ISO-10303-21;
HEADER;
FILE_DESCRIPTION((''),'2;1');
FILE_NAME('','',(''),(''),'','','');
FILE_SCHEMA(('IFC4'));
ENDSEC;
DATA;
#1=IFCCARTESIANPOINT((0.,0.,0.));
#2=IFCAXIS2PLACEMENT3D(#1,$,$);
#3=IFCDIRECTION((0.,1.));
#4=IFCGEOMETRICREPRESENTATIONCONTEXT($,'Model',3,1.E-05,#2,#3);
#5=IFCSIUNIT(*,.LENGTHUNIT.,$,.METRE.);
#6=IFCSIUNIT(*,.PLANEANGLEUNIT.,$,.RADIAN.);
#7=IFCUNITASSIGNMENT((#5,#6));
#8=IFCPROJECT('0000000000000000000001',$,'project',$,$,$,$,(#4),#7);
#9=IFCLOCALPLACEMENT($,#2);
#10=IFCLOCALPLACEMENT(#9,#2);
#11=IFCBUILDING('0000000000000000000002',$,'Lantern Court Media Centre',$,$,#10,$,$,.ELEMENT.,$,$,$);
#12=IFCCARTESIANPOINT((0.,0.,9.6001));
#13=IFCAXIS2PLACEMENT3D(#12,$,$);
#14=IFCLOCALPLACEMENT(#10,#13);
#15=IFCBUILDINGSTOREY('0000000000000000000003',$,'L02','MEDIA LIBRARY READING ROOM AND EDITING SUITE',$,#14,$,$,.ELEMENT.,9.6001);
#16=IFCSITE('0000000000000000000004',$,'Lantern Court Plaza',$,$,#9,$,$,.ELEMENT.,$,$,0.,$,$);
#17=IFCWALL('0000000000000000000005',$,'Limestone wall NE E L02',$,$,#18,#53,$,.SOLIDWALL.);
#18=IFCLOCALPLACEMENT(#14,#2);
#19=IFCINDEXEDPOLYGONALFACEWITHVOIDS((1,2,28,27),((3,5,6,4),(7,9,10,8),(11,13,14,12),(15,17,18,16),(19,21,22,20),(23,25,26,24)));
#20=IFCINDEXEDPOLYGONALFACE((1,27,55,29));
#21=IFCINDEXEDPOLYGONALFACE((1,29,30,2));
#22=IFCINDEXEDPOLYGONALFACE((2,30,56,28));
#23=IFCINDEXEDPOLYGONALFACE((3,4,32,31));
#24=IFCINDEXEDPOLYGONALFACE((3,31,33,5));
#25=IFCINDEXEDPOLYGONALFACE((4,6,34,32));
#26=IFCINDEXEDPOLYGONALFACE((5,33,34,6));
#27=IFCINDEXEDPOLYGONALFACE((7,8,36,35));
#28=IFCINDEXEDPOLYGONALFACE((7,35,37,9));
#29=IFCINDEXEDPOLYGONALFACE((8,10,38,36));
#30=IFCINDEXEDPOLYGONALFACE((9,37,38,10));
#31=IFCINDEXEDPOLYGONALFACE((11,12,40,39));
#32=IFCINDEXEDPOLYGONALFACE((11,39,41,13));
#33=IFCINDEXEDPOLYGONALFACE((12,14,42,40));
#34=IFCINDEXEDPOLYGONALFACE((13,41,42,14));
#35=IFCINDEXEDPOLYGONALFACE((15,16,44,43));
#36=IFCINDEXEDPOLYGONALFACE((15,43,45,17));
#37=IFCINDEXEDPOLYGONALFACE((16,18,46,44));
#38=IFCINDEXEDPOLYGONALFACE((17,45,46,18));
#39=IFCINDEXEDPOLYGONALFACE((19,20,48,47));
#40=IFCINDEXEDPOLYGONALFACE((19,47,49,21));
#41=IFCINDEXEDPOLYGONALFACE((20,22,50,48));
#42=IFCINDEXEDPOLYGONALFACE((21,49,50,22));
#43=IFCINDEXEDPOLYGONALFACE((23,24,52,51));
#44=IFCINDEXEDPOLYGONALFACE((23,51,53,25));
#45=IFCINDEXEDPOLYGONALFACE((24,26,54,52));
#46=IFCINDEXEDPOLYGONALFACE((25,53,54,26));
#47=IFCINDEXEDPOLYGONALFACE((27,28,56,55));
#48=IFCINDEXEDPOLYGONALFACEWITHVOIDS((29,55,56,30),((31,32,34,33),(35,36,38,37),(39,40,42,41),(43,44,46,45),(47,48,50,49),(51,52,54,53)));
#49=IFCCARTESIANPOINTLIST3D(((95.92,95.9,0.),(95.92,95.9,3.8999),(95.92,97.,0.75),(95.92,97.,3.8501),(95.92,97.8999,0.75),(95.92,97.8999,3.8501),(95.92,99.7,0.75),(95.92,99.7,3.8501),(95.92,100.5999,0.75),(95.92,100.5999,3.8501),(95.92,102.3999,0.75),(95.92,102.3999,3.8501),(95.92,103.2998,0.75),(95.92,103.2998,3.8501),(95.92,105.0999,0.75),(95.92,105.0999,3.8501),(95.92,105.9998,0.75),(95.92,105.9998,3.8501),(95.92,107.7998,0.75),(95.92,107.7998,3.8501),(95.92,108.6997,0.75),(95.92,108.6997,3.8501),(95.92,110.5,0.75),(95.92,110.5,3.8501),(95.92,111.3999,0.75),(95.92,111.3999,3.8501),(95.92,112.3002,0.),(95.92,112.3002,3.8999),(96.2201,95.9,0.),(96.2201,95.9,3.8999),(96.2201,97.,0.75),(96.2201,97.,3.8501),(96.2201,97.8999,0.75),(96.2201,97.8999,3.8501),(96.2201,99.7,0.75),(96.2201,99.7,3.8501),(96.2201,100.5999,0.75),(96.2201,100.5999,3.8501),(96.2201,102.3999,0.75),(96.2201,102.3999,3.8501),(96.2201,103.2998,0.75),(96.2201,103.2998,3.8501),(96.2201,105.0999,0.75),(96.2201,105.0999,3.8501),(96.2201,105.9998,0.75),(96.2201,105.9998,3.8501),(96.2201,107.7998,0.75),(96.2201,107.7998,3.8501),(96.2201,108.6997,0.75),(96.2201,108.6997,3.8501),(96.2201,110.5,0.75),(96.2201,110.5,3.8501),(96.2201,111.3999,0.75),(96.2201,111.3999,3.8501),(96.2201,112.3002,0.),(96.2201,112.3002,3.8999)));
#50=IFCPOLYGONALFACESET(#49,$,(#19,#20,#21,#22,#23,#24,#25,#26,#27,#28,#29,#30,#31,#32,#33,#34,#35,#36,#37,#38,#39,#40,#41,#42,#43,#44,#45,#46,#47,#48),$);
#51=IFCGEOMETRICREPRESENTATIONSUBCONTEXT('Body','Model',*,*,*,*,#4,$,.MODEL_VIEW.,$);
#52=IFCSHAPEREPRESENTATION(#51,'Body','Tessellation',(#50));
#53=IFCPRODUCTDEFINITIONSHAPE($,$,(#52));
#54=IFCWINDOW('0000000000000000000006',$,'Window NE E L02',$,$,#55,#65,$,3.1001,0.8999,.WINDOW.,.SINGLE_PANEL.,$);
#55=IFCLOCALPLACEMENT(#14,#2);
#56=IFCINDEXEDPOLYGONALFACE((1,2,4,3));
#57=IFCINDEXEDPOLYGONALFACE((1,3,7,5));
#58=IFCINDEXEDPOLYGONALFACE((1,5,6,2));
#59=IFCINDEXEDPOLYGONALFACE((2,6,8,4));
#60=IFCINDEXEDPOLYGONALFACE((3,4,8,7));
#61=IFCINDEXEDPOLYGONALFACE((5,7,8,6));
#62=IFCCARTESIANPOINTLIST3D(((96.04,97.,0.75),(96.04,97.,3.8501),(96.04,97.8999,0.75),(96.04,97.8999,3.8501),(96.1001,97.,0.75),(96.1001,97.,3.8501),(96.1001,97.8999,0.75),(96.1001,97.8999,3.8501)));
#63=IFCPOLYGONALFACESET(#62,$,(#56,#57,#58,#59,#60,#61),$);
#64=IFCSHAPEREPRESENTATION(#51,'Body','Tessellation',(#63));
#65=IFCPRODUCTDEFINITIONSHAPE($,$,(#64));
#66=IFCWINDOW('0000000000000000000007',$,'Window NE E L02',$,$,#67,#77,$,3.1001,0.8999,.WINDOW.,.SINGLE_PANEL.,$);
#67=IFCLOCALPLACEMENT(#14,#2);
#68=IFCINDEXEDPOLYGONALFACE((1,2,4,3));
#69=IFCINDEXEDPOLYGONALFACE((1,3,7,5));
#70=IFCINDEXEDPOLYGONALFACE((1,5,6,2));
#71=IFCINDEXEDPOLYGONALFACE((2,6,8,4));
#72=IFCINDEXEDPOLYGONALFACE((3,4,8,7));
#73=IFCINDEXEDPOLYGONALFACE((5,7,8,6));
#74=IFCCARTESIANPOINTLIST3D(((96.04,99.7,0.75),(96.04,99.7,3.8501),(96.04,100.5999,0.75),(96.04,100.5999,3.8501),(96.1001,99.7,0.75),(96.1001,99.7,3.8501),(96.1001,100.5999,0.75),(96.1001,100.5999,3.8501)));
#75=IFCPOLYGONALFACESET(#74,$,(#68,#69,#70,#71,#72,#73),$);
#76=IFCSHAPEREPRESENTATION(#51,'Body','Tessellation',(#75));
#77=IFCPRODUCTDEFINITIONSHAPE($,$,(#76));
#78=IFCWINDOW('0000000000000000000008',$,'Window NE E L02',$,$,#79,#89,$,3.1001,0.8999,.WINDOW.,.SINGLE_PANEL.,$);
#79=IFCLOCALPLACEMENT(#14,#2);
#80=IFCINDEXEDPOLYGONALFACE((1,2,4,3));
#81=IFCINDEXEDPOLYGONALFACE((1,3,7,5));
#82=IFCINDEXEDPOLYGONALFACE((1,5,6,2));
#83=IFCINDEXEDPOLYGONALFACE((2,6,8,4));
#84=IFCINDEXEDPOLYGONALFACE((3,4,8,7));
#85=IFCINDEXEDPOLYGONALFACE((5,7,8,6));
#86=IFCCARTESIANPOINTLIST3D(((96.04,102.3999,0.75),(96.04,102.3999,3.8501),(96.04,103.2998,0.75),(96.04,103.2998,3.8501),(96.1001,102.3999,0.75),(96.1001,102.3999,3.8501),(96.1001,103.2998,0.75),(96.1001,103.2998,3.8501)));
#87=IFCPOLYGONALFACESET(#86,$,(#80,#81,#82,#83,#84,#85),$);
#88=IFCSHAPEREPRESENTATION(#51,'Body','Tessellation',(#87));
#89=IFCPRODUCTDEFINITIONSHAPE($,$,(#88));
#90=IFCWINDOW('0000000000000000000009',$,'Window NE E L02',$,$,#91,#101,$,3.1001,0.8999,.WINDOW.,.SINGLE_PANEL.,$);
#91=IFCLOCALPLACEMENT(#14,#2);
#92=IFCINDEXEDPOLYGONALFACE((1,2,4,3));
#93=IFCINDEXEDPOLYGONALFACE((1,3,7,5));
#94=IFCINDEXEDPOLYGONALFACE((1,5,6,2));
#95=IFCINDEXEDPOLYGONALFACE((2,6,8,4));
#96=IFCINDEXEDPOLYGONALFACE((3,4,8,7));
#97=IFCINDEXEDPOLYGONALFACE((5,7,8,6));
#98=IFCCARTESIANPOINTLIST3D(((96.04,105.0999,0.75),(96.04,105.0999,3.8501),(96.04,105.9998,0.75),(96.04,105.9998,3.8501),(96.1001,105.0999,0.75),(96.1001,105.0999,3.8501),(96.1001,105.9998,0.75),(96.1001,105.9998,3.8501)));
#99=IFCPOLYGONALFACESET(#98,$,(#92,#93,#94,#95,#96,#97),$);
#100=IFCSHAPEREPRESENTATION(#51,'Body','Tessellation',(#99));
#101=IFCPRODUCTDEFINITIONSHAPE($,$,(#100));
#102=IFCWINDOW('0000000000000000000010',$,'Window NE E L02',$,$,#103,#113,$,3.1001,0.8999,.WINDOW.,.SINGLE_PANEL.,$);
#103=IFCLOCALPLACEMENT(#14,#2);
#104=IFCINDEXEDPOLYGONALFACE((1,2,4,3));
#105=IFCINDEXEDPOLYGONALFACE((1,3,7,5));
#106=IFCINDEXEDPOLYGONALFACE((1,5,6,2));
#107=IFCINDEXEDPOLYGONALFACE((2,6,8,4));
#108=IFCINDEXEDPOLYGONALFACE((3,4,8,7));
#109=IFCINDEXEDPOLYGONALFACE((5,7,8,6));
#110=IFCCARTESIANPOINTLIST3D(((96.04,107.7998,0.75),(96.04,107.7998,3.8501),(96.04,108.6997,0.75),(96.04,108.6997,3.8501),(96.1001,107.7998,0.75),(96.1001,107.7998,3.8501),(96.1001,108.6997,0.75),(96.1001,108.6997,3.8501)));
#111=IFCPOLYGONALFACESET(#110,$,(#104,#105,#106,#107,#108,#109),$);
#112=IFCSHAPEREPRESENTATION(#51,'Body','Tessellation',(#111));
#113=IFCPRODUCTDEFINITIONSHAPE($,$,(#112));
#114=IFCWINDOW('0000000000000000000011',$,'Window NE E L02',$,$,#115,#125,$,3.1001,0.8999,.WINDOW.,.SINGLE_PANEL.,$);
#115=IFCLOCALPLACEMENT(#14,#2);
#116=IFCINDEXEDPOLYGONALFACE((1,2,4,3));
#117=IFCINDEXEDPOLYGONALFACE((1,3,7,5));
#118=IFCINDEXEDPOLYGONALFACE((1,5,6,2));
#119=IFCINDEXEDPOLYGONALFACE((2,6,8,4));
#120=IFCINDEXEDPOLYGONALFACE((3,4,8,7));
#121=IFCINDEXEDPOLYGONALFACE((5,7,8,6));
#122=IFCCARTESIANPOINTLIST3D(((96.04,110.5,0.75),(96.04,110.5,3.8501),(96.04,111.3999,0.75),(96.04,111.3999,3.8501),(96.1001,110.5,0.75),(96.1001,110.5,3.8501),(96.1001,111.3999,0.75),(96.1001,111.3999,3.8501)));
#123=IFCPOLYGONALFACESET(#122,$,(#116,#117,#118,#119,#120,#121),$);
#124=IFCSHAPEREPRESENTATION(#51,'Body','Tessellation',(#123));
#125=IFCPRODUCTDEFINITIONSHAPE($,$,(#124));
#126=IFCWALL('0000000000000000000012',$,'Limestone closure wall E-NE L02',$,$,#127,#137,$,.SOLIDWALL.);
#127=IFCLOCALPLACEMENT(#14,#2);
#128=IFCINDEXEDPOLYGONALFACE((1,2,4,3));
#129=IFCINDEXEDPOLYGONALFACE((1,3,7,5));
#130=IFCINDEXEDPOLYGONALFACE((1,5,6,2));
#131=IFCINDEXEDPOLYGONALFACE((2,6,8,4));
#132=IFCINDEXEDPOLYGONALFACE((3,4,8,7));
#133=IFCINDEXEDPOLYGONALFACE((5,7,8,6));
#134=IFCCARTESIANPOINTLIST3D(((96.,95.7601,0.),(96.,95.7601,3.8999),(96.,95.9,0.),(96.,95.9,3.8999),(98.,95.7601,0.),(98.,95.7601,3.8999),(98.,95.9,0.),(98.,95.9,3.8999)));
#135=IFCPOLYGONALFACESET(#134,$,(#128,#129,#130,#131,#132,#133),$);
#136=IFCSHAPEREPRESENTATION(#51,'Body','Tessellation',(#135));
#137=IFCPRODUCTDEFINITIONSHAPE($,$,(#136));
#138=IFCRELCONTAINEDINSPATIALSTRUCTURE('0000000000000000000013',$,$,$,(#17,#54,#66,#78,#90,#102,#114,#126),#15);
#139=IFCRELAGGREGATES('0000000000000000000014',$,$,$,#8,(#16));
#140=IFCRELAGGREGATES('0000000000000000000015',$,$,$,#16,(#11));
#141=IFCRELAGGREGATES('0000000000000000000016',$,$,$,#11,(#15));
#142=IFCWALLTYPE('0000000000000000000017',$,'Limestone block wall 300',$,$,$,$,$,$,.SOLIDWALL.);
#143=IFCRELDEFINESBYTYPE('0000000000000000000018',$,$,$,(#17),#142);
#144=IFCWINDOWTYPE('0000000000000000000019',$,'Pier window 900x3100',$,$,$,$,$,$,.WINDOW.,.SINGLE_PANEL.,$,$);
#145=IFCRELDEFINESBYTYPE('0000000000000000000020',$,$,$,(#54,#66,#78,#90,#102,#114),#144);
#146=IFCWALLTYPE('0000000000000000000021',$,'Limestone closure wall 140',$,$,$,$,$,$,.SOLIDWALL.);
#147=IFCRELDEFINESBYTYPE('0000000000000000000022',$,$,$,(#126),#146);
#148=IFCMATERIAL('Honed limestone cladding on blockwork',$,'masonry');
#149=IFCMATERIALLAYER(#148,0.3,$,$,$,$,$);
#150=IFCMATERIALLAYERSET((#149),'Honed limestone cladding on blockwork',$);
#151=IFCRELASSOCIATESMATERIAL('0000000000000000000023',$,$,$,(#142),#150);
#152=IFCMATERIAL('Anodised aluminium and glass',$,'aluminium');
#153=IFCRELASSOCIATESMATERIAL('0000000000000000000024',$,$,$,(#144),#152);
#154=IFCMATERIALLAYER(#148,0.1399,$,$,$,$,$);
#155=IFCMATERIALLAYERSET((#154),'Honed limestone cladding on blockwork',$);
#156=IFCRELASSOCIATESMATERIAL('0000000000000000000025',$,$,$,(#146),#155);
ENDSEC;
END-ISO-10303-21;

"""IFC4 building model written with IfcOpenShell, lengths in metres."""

from ifc_helpers import new_model, si_unit, direction, frame, frame_2d, origin, place, context, subcontext, project, spatial, rectangle, extrude, material, layer, layer_set, type_object, element, fill, save


model = new_model("IFC4")

# Units and contexts
model_context = context("Model", 3, precision=1e-05, world=origin(), true_north=direction((0.0, 1.0)))
body_context = subcontext(model_context, "Body", "Model", "MODEL_VIEW")
ifc_project = project(units=[si_unit("LENGTHUNIT", "METRE"), si_unit("PLANEANGLEUNIT", "RADIAN")], contexts=[model_context])

# Site, building, storey
site_placement = place(None, origin())
site = spatial("IfcSite", under=ifc_project, at=site_placement, Name="Lantern Court Plaza", CompositionType="ELEMENT", RefElevation=0.0)
building_placement = place(site_placement, origin())
building = spatial("IfcBuilding", under=site, at=building_placement, Name="Lantern Court Media Centre", CompositionType="ELEMENT")
storey_placement = place(building_placement, frame((0.0, 0.0, 9.6001)))
storey = spatial("IfcBuildingStorey", under=building, at=storey_placement, Name="L02", Description="MEDIA LIBRARY READING ROOM AND EDITING SUITE", CompositionType="ELEMENT", Elevation=9.6001)

# Wall, openings, windows
ifc_material_1 = material(Name="Honed limestone cladding on blockwork", Category="masonry")
ifc_layer_1 = layer(ifc_material_1, 0.3)
ifc_layer_set_1 = layer_set([ifc_layer_1], Name="Honed limestone cladding on blockwork")
wall_type_1 = type_object("IfcWallType", Name="Limestone block wall 300", PredefinedType="SOLIDWALL", material=ifc_layer_set_1)
wall_1_placement = place(storey_placement, frame((96.0701, 95.8999, 0.0), z_axis=(0.0, 0.0, 1.0), x_axis=(0.0, 1.0, 0.0)))
wall_1 = element("IfcWall", 1, at=wall_1_placement, inside=storey, type_object=wall_type_1, Name="Limestone wall NE E L02", PredefinedType="SOLIDWALL", context=body_context, shape_type="SweptSolid", body=[
    extrude(rectangle(XDim=16.4001, YDim=0.3, at=frame_2d((8.2002, 0.0))), origin(), (0.0, 0.0, 1.0), 3.8999),
])
opening_1_placement = place(wall_1_placement, frame((1.1001, 0.0, 0.75)))
opening_1 = element("IfcOpeningElement", 2, at=opening_1_placement, cuts=wall_1, PredefinedType="OPENING", context=body_context, shape_type="SweptSolid", body=[
    extrude(rectangle(XDim=0.8999, YDim=3.1001, at=frame_2d((0.45, 1.55))), frame((0.0, 0.1599, 0.0), z_axis=(0.0, -1.0, 0.0), x_axis=(1.0, 0.0, 0.0)), (0.0, 0.0, 1.0), 0.3201),
])
opening_2_placement = place(wall_1_placement, frame((3.8, 0.0, 0.75)))
opening_2 = element("IfcOpeningElement", 3, at=opening_2_placement, cuts=wall_1, PredefinedType="OPENING", context=body_context, shape_type="SweptSolid", body=[
    extrude(rectangle(XDim=0.8999, YDim=3.1001, at=frame_2d((0.45, 1.55))), frame((0.0, 0.1599, 0.0), z_axis=(0.0, -1.0, 0.0), x_axis=(1.0, 0.0, 0.0)), (0.0, 0.0, 1.0), 0.3201),
])
opening_3_placement = place(wall_1_placement, frame((6.5, 0.0, 0.75)))
opening_3 = element("IfcOpeningElement", 4, at=opening_3_placement, cuts=wall_1, PredefinedType="OPENING", context=body_context, shape_type="SweptSolid", body=[
    extrude(rectangle(XDim=0.8999, YDim=3.1001, at=frame_2d((0.45, 1.55))), frame((0.0, 0.1599, 0.0), z_axis=(0.0, -1.0, 0.0), x_axis=(1.0, 0.0, 0.0)), (0.0, 0.0, 1.0), 0.3201),
])
opening_4_placement = place(wall_1_placement, frame((9.2, 0.0, 0.75)))
opening_4 = element("IfcOpeningElement", 5, at=opening_4_placement, cuts=wall_1, PredefinedType="OPENING", context=body_context, shape_type="SweptSolid", body=[
    extrude(rectangle(XDim=0.8999, YDim=3.1001, at=frame_2d((0.45, 1.55))), frame((0.0, 0.1599, 0.0), z_axis=(0.0, -1.0, 0.0), x_axis=(1.0, 0.0, 0.0)), (0.0, 0.0, 1.0), 0.3201),
])
opening_5_placement = place(wall_1_placement, frame((11.8999, 0.0, 0.75)))
opening_5 = element("IfcOpeningElement", 6, at=opening_5_placement, cuts=wall_1, PredefinedType="OPENING", context=body_context, shape_type="SweptSolid", body=[
    extrude(rectangle(XDim=0.8999, YDim=3.1001, at=frame_2d((0.45, 1.55))), frame((0.0, 0.1599, 0.0), z_axis=(0.0, -1.0, 0.0), x_axis=(1.0, 0.0, 0.0)), (0.0, 0.0, 1.0), 0.3201),
])
opening_6_placement = place(wall_1_placement, frame((14.6001, 0.0, 0.75)))
opening_6 = element("IfcOpeningElement", 7, at=opening_6_placement, cuts=wall_1, PredefinedType="OPENING", context=body_context, shape_type="SweptSolid", body=[
    extrude(rectangle(XDim=0.8999, YDim=3.1001, at=frame_2d((0.45, 1.55))), frame((0.0, 0.1599, 0.0), z_axis=(0.0, -1.0, 0.0), x_axis=(1.0, 0.0, 0.0)), (0.0, 0.0, 1.0), 0.3201),
])
ifc_material_2 = material(Name="Anodised aluminium and glass", Category="aluminium")
window_type = type_object("IfcWindowType", Name="Pier window 900x3100", PartitioningType="SINGLE_PANEL", PredefinedType="WINDOW", material=ifc_material_2)
window_1_placement = place(opening_1_placement, origin())
window_1 = element("IfcWindow", 8, at=window_1_placement, inside=storey, type_object=window_type, Name="Window NE E L02", OverallHeight=3.1001, OverallWidth=0.8999, PartitioningType="SINGLE_PANEL", PredefinedType="WINDOW", context=body_context, shape_type="SweptSolid", body=[
    extrude(rectangle(XDim=0.8999, YDim=3.1001, at=frame_2d((0.45, 1.55))), frame((0.0, 0.03, 0.0), z_axis=(0.0, -1.0, 0.0), x_axis=(1.0, 0.0, 0.0)), (0.0, 0.0, 1.0), 0.0601),
])
fill(opening_1, window_1)
window_2_placement = place(opening_2_placement, origin())
window_2 = element("IfcWindow", 9, at=window_2_placement, inside=storey, type_object=window_type, Name="Window NE E L02", OverallHeight=3.1001, OverallWidth=0.8999, PartitioningType="SINGLE_PANEL", PredefinedType="WINDOW", context=body_context, shape_type="SweptSolid", body=[
    extrude(rectangle(XDim=0.8999, YDim=3.1001, at=frame_2d((0.45, 1.55))), frame((0.0, 0.03, 0.0), z_axis=(0.0, -1.0, 0.0), x_axis=(1.0, 0.0, 0.0)), (0.0, 0.0, 1.0), 0.0601),
])
fill(opening_2, window_2)
window_3_placement = place(opening_3_placement, origin())
window_3 = element("IfcWindow", 10, at=window_3_placement, inside=storey, type_object=window_type, Name="Window NE E L02", OverallHeight=3.1001, OverallWidth=0.8999, PartitioningType="SINGLE_PANEL", PredefinedType="WINDOW", context=body_context, shape_type="SweptSolid", body=[
    extrude(rectangle(XDim=0.8999, YDim=3.1001, at=frame_2d((0.45, 1.55))), frame((0.0, 0.03, 0.0), z_axis=(0.0, -1.0, 0.0), x_axis=(1.0, 0.0, 0.0)), (0.0, 0.0, 1.0), 0.0601),
])
fill(opening_3, window_3)
window_4_placement = place(opening_4_placement, origin())
window_4 = element("IfcWindow", 11, at=window_4_placement, inside=storey, type_object=window_type, Name="Window NE E L02", OverallHeight=3.1001, OverallWidth=0.8999, PartitioningType="SINGLE_PANEL", PredefinedType="WINDOW", context=body_context, shape_type="SweptSolid", body=[
    extrude(rectangle(XDim=0.8999, YDim=3.1001, at=frame_2d((0.45, 1.55))), frame((0.0, 0.03, 0.0), z_axis=(0.0, -1.0, 0.0), x_axis=(1.0, 0.0, 0.0)), (0.0, 0.0, 1.0), 0.0601),
])
fill(opening_4, window_4)
window_5_placement = place(opening_5_placement, origin())
window_5 = element("IfcWindow", 12, at=window_5_placement, inside=storey, type_object=window_type, Name="Window NE E L02", OverallHeight=3.1001, OverallWidth=0.8999, PartitioningType="SINGLE_PANEL", PredefinedType="WINDOW", context=body_context, shape_type="SweptSolid", body=[
    extrude(rectangle(XDim=0.8999, YDim=3.1001, at=frame_2d((0.45, 1.55))), frame((0.0, 0.03, 0.0), z_axis=(0.0, -1.0, 0.0), x_axis=(1.0, 0.0, 0.0)), (0.0, 0.0, 1.0), 0.0601),
])
fill(opening_5, window_5)
window_6_placement = place(opening_6_placement, origin())
window_6 = element("IfcWindow", 13, at=window_6_placement, inside=storey, type_object=window_type, Name="Window NE E L02", OverallHeight=3.1001, OverallWidth=0.8999, PartitioningType="SINGLE_PANEL", PredefinedType="WINDOW", context=body_context, shape_type="SweptSolid", body=[
    extrude(rectangle(XDim=0.8999, YDim=3.1001, at=frame_2d((0.45, 1.55))), frame((0.0, 0.03, 0.0), z_axis=(0.0, -1.0, 0.0), x_axis=(1.0, 0.0, 0.0)), (0.0, 0.0, 1.0), 0.0601),
])
fill(opening_6, window_6)

# Wall
ifc_layer_2 = layer(ifc_material_1, 0.1399)
ifc_layer_set_2 = layer_set([ifc_layer_2], Name="Honed limestone cladding on blockwork")
wall_type_2 = type_object("IfcWallType", Name="Limestone closure wall 140", PredefinedType="SOLIDWALL", material=ifc_layer_set_2)
wall_2_placement = place(storey_placement, frame((96.0, 95.8301, 0.0), z_axis=(0.0, 0.0, 1.0), x_axis=(1.0, 0.0, 0.0)))
element("IfcWall", 14, at=wall_2_placement, inside=storey, type_object=wall_type_2, Name="Limestone closure wall E-NE L02", PredefinedType="SOLIDWALL", context=body_context, shape_type="SweptSolid", body=[
    extrude(rectangle(XDim=2.0, YDim=0.1399, at=frame_2d((1.0, 0.0))), origin(), (0.0, 0.0, 1.0), 3.8999),
])

save(model, "model.ifc")
